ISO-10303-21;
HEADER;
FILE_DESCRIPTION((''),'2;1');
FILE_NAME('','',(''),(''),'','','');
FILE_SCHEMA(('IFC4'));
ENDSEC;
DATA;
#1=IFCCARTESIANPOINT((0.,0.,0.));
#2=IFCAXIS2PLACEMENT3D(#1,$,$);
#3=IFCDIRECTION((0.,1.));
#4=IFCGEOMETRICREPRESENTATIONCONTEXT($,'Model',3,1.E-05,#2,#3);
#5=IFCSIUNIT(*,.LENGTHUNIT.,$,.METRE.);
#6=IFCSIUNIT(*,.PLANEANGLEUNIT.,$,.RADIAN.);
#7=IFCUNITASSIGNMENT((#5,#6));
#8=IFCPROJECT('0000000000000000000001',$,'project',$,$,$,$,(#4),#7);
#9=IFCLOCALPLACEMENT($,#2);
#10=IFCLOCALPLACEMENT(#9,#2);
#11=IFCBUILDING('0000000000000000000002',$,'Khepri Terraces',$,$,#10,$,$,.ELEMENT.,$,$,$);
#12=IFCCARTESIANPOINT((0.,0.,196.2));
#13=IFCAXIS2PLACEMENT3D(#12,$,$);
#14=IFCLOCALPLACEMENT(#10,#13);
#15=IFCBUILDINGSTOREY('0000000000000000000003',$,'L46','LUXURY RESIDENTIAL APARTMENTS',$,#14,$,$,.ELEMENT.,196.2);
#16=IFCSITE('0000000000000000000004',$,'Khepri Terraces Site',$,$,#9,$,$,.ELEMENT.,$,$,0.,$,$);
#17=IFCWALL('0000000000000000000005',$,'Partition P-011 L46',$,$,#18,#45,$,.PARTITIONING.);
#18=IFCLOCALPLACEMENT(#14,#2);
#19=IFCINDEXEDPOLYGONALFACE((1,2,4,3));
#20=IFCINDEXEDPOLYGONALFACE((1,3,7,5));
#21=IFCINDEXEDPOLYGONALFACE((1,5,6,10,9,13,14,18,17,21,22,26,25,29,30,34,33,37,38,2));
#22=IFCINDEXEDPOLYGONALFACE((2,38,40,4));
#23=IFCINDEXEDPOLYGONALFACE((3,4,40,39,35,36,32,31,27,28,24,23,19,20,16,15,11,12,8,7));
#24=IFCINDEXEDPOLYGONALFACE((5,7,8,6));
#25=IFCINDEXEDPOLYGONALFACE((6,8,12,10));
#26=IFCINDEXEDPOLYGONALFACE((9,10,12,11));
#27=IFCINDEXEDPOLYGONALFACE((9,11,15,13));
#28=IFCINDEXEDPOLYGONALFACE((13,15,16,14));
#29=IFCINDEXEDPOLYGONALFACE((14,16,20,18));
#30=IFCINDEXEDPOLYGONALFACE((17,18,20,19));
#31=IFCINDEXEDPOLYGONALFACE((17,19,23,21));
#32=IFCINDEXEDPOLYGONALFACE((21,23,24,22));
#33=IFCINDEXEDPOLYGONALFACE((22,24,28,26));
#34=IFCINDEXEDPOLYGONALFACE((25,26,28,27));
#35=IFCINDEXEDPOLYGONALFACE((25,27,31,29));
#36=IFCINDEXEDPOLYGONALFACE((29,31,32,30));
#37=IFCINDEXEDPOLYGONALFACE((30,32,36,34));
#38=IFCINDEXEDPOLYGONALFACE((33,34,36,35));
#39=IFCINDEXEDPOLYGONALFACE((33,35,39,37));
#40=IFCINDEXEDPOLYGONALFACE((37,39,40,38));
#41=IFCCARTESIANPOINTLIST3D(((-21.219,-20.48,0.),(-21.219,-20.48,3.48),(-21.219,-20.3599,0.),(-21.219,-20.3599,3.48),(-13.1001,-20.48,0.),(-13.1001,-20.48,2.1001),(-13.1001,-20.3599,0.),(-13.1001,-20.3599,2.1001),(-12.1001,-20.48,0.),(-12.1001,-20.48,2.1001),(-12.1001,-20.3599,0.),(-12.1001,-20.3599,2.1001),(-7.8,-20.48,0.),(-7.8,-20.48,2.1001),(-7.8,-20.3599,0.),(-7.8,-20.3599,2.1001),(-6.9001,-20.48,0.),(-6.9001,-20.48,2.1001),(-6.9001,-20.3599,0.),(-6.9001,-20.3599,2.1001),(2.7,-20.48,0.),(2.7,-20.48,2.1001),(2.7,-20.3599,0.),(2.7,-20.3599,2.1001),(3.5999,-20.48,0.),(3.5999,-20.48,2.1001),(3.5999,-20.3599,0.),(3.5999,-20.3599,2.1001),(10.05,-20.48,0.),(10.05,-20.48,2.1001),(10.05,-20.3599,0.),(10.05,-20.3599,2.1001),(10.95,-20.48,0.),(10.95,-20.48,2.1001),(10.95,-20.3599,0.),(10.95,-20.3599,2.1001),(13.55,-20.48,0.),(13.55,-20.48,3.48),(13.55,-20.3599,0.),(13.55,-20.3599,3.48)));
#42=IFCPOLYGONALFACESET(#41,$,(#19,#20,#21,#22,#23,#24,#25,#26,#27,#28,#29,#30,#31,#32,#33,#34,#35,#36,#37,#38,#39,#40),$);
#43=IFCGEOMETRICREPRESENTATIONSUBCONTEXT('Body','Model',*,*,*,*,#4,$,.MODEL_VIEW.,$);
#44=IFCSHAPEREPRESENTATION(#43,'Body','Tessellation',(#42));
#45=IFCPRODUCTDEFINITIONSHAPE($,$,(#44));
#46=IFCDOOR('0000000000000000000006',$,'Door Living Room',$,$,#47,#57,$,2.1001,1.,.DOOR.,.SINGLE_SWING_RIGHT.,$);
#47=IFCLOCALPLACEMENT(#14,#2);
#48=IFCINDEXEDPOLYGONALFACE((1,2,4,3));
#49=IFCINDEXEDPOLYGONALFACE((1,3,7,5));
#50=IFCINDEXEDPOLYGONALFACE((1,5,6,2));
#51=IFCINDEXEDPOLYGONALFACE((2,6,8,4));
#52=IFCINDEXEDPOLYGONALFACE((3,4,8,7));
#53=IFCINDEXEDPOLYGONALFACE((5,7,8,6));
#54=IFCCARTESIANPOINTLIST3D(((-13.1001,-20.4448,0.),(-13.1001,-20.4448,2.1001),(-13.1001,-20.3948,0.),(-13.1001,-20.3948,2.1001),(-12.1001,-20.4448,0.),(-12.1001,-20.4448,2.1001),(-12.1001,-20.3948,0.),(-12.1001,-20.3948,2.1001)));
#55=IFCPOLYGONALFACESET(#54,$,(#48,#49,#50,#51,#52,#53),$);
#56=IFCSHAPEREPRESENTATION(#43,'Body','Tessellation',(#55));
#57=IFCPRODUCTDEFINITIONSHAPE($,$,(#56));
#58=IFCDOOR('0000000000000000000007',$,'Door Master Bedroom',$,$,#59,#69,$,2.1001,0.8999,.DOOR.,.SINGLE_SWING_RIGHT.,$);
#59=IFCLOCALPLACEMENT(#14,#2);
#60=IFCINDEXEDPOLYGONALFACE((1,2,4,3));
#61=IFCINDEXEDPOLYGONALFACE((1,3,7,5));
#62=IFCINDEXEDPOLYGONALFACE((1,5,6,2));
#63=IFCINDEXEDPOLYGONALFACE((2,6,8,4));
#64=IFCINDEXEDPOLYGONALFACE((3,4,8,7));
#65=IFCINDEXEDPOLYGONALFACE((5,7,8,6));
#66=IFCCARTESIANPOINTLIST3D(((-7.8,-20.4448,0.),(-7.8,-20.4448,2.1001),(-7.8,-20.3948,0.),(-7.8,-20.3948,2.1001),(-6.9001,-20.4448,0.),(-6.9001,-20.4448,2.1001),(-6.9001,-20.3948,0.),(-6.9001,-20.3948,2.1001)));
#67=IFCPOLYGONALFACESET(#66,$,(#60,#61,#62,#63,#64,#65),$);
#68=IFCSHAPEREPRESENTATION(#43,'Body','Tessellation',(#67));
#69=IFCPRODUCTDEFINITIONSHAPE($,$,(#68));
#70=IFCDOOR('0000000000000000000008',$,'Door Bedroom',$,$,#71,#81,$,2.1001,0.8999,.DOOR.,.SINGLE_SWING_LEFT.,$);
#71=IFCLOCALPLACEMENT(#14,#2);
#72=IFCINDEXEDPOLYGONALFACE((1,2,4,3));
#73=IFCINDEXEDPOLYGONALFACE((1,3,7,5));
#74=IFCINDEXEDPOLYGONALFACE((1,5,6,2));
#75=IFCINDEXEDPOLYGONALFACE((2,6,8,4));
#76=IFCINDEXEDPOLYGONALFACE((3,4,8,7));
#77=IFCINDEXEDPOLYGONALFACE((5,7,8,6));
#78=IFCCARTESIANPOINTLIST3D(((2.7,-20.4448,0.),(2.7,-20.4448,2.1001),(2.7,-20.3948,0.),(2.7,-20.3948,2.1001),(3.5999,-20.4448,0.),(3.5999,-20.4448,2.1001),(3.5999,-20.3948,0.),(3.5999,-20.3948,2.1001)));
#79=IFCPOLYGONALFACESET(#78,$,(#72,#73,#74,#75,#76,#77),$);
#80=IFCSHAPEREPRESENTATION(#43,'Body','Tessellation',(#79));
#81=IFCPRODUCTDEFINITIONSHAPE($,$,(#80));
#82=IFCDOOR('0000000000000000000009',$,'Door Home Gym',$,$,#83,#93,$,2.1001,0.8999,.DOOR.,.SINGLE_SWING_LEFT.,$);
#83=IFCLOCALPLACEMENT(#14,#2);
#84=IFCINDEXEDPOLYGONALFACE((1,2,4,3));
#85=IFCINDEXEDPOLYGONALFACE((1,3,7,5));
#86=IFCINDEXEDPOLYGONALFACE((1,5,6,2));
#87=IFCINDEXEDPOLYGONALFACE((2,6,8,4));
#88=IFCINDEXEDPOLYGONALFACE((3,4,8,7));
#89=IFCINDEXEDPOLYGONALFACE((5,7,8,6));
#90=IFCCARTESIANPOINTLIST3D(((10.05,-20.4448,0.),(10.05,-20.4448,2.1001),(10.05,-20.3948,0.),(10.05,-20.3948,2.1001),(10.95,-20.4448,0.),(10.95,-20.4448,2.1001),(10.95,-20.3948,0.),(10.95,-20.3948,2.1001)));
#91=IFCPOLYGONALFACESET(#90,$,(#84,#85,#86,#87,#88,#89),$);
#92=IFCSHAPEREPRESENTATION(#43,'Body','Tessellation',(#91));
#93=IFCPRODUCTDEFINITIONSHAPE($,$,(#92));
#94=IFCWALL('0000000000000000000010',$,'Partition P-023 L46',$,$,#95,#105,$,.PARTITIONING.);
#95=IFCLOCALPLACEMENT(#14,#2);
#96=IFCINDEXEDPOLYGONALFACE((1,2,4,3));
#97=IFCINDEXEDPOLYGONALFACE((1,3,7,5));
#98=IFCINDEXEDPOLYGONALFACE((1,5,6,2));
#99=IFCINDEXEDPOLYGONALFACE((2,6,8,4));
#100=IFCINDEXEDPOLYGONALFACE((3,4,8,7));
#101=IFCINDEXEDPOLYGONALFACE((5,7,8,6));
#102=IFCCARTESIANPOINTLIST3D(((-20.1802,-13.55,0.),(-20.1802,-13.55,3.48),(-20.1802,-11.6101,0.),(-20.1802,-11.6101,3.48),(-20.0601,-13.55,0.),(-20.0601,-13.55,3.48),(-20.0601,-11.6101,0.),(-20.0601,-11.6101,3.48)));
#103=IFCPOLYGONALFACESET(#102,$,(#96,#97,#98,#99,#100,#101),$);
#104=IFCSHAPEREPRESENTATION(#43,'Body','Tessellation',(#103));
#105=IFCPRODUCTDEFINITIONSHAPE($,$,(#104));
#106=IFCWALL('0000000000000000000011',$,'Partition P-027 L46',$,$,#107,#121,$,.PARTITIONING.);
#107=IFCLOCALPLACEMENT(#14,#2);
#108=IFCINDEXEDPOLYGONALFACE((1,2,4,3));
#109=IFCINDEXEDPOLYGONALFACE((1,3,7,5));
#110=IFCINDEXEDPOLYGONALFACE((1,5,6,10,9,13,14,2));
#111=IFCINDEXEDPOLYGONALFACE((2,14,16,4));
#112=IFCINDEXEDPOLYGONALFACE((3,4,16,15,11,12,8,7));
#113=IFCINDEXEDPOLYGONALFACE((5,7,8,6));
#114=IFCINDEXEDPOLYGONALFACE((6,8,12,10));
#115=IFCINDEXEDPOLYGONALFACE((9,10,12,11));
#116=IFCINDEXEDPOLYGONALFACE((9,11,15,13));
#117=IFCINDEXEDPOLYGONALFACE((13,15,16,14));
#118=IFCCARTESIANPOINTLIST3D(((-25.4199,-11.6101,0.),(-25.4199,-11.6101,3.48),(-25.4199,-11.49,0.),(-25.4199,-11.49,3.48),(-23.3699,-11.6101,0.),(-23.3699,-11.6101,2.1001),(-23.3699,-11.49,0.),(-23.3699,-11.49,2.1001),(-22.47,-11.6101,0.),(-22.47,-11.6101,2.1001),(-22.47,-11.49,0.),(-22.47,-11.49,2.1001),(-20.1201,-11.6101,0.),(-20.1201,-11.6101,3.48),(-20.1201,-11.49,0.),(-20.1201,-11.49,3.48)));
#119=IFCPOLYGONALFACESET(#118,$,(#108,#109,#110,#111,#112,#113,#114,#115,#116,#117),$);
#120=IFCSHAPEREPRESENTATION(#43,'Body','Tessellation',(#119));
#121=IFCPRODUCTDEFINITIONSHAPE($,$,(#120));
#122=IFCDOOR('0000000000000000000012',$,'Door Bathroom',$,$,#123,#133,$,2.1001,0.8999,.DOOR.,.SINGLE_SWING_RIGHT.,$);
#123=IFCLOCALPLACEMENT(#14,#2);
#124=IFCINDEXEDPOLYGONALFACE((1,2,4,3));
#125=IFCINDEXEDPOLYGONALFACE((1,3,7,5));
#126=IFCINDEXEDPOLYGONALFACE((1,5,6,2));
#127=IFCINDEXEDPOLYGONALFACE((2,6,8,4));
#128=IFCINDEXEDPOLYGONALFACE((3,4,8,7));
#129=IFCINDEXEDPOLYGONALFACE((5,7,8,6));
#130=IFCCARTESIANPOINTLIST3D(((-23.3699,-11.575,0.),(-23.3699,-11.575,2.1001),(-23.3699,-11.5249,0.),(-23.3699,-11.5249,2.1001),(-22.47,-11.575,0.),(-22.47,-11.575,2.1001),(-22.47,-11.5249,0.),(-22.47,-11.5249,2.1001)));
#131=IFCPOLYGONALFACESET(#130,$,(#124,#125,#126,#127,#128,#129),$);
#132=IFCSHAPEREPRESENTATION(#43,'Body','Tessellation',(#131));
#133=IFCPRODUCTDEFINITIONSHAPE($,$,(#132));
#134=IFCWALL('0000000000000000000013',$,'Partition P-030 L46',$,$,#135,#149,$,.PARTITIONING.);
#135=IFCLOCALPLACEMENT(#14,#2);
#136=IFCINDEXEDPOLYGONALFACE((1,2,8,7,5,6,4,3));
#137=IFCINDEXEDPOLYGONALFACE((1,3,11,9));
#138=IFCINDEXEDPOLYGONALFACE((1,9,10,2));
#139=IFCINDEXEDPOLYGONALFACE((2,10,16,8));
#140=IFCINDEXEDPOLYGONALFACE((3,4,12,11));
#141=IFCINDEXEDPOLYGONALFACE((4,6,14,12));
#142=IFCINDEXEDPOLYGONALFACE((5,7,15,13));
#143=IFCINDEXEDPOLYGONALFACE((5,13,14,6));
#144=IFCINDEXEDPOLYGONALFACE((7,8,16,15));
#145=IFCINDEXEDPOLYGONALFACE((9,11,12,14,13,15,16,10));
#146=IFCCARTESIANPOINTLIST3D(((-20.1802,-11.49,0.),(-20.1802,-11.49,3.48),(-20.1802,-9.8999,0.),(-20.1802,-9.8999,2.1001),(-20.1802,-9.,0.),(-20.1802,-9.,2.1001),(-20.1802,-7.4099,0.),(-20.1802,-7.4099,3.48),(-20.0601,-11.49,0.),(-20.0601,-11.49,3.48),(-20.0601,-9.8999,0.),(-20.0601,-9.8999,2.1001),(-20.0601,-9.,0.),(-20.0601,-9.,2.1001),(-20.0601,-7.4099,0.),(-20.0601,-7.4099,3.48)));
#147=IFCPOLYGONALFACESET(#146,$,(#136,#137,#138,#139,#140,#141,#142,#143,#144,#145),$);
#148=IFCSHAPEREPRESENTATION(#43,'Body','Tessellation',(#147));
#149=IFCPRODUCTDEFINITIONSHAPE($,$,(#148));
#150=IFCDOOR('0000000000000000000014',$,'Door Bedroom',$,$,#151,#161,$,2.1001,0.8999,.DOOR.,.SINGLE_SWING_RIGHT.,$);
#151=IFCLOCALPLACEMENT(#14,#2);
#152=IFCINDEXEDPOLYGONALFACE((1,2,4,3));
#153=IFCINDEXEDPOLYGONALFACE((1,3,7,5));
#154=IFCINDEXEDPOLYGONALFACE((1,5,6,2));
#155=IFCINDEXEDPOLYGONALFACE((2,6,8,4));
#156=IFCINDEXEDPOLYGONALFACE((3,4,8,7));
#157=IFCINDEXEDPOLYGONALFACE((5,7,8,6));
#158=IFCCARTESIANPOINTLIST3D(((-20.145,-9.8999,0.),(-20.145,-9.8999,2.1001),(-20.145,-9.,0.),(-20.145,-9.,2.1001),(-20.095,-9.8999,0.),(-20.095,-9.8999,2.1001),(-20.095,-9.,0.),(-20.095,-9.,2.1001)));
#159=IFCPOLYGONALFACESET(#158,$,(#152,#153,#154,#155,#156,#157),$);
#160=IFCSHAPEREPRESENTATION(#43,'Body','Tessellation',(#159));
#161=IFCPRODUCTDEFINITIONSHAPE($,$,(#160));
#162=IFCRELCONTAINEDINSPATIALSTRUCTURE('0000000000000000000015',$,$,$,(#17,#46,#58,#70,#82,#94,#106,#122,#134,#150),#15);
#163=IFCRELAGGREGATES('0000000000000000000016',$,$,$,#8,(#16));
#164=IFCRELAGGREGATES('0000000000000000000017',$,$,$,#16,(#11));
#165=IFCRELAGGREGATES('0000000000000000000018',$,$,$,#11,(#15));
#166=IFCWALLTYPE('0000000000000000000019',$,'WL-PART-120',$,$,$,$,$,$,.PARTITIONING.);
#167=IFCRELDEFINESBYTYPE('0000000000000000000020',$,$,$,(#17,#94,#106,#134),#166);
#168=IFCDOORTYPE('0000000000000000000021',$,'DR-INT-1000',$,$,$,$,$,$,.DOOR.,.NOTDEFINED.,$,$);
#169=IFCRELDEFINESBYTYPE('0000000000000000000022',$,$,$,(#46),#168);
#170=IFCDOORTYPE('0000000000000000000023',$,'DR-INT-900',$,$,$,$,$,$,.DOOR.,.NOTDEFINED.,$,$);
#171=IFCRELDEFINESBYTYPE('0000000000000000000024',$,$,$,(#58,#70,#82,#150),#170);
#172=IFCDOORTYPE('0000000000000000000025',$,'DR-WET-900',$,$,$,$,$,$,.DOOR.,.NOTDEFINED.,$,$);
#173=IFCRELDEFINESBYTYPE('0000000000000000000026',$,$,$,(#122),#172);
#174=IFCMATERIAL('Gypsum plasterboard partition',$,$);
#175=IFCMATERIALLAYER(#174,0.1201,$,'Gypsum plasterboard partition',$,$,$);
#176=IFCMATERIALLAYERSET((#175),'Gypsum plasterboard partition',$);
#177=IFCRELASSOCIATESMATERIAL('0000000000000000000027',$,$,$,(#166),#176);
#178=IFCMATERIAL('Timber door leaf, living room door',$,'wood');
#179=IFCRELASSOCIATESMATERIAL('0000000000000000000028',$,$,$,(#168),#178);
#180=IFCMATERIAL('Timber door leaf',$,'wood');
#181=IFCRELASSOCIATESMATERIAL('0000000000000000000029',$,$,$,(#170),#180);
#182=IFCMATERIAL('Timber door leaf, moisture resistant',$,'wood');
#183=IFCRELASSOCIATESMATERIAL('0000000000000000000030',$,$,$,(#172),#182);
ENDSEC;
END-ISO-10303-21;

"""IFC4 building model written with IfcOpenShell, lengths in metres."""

from ifc_helpers import new_model, si_unit, direction, frame, frame_2d, origin, place, context, subcontext, project, spatial, rectangle, extrude, material, layer, layer_set, type_object, element, fill, save


model = new_model("IFC4")

# Units and contexts
model_context = context("Model", 3, precision=1e-05, world=origin(), true_north=direction((0.0, 1.0)))
body_context = subcontext(model_context, "Body", "Model", "MODEL_VIEW")
ifc_project = project(units=[si_unit("LENGTHUNIT", "METRE"), si_unit("PLANEANGLEUNIT", "RADIAN")], contexts=[model_context])

# Site, building, storey
site_placement = place(None, origin())
site = spatial("IfcSite", under=ifc_project, at=site_placement, Name="Khepri Terraces Site", CompositionType="ELEMENT", RefElevation=0.0)
building_placement = place(site_placement, origin())
building = spatial("IfcBuilding", under=site, at=building_placement, Name="Khepri Terraces", CompositionType="ELEMENT")
storey_placement = place(building_placement, frame((0.0, 0.0, 196.2)))
storey = spatial("IfcBuildingStorey", under=building, at=storey_placement, Name="L46", Description="LUXURY RESIDENTIAL APARTMENTS", CompositionType="ELEMENT", Elevation=196.2)

# Shared definitions
ifc_material_1 = material(Name="Gypsum plasterboard partition")
ifc_layer_1 = layer(ifc_material_1, 0.1201, Name="Gypsum plasterboard partition")
ifc_layer_set_1 = layer_set([ifc_layer_1], Name="Gypsum plasterboard partition")
wall_type_1 = type_object("IfcWallType", Name="WL-PART-120", PredefinedType="PARTITIONING", material=ifc_layer_set_1)

# Wall, openings, doors
wall_1_placement = place(storey_placement, frame((-21.219, -20.4199, 0.0), z_axis=(0.0, 0.0, 1.0), x_axis=(1.0, 0.0, 0.0)))
wall_1 = element("IfcWall", 1, at=wall_1_placement, inside=storey, type_object=wall_type_1, Name="Partition P-011 L46", PredefinedType="PARTITIONING", context=body_context, shape_type="SweptSolid", body=[
    extrude(rectangle(XDim=34.769, YDim=0.1201, at=frame_2d((17.3845, 0.0))), origin(), (0.0, 0.0, 1.0), 3.48),
])
opening_1_placement = place(wall_1_placement, frame((8.1189, 0.0, 0.0)))
opening_1 = element("IfcOpeningElement", 2, at=opening_1_placement, cuts=wall_1, PredefinedType="OPENING", context=body_context, shape_type="SweptSolid", body=[
    extrude(rectangle(XDim=1.0, YDim=2.1001, at=frame_2d((0.5, 1.05))), frame((0.0, 0.0701, 0.0), z_axis=(0.0, -1.0, 0.0), x_axis=(1.0, 0.0, 0.0)), (0.0, 0.0, 1.0), 0.1401),
])
opening_2_placement = place(wall_1_placement, frame((13.4189, 0.0, 0.0)))
opening_2 = element("IfcOpeningElement", 3, at=opening_2_placement, cuts=wall_1, PredefinedType="OPENING", context=body_context, shape_type="SweptSolid", body=[
    extrude(rectangle(XDim=0.8999, YDim=2.1001, at=frame_2d((0.45, 1.05))), frame((0.0, 0.0701, 0.0), z_axis=(0.0, -1.0, 0.0), x_axis=(1.0, 0.0, 0.0)), (0.0, 0.0, 1.0), 0.1401),
])
opening_3_placement = place(wall_1_placement, frame((23.9189, 0.0, 0.0)))
opening_3 = element("IfcOpeningElement", 4, at=opening_3_placement, cuts=wall_1, PredefinedType="OPENING", context=body_context, shape_type="SweptSolid", body=[
    extrude(rectangle(XDim=0.8999, YDim=2.1001, at=frame_2d((0.45, 1.05))), frame((0.0, 0.0701, 0.0), z_axis=(0.0, -1.0, 0.0), x_axis=(1.0, 0.0, 0.0)), (0.0, 0.0, 1.0), 0.1401),
])
opening_4_placement = place(wall_1_placement, frame((31.269, 0.0, 0.0)))
opening_4 = element("IfcOpeningElement", 5, at=opening_4_placement, cuts=wall_1, PredefinedType="OPENING", context=body_context, shape_type="SweptSolid", body=[
    extrude(rectangle(XDim=0.8999, YDim=2.1001, at=frame_2d((0.45, 1.05))), frame((0.0, 0.0701, 0.0), z_axis=(0.0, -1.0, 0.0), x_axis=(1.0, 0.0, 0.0)), (0.0, 0.0, 1.0), 0.1401),
])
ifc_material_2 = material(Name="Timber door leaf, living room door", Category="wood")
door_type_1 = type_object("IfcDoorType", Name="DR-INT-1000", OperationType="NOTDEFINED", PredefinedType="DOOR", material=ifc_material_2)
door_1_placement = place(opening_1_placement, frame((1.0, 0.0, 0.0), z_axis=(0.0, 0.0, 1.0), x_axis=(-1.0, 0.0, 0.0)))
door_1 = element("IfcDoor", 6, at=door_1_placement, inside=storey, type_object=door_type_1, Name="Door Living Room", OperationType="SINGLE_SWING_RIGHT", OverallHeight=2.1001, OverallWidth=1.0, PredefinedType="DOOR", context=body_context, shape_type="SweptSolid", body=[
    extrude(rectangle(XDim=1.0, YDim=2.1001, at=frame_2d((0.5, 1.05))), frame((0.0, 0.0249, 0.0), z_axis=(0.0, -1.0, 0.0), x_axis=(1.0, 0.0, 0.0)), (0.0, 0.0, 1.0), 0.05),
])
fill(opening_1, door_1)
ifc_material_3 = material(Name="Timber door leaf", Category="wood")
door_type_2 = type_object("IfcDoorType", Name="DR-INT-900", OperationType="NOTDEFINED", PredefinedType="DOOR", material=ifc_material_3)
door_2_placement = place(opening_2_placement, frame((0.8999, 0.0, 0.0), z_axis=(0.0, 0.0, 1.0), x_axis=(-1.0, 0.0, 0.0)))
door_2 = element("IfcDoor", 7, at=door_2_placement, inside=storey, type_object=door_type_2, Name="Door Master Bedroom", OperationType="SINGLE_SWING_RIGHT", OverallHeight=2.1001, OverallWidth=0.8999, PredefinedType="DOOR", context=body_context, shape_type="SweptSolid", body=[
    extrude(rectangle(XDim=0.8999, YDim=2.1001, at=frame_2d((0.45, 1.05))), frame((0.0, 0.0249, 0.0), z_axis=(0.0, -1.0, 0.0), x_axis=(1.0, 0.0, 0.0)), (0.0, 0.0, 1.0), 0.05),
])
fill(opening_2, door_2)
door_3_placement = place(opening_3_placement, frame((0.8999, 0.0, 0.0), z_axis=(0.0, 0.0, 1.0), x_axis=(-1.0, 0.0, 0.0)))
door_3 = element("IfcDoor", 8, at=door_3_placement, inside=storey, type_object=door_type_2, Name="Door Bedroom", OperationType="SINGLE_SWING_LEFT", OverallHeight=2.1001, OverallWidth=0.8999, PredefinedType="DOOR", context=body_context, shape_type="SweptSolid", body=[
    extrude(rectangle(XDim=0.8999, YDim=2.1001, at=frame_2d((0.45, 1.05))), frame((0.0, 0.0249, 0.0), z_axis=(0.0, -1.0, 0.0), x_axis=(1.0, 0.0, 0.0)), (0.0, 0.0, 1.0), 0.05),
])
fill(opening_3, door_3)
door_4_placement = place(opening_4_placement, frame((0.8999, 0.0, 0.0), z_axis=(0.0, 0.0, 1.0), x_axis=(-1.0, 0.0, 0.0)))
door_4 = element("IfcDoor", 9, at=door_4_placement, inside=storey, type_object=door_type_2, Name="Door Home Gym", OperationType="SINGLE_SWING_LEFT", OverallHeight=2.1001, OverallWidth=0.8999, PredefinedType="DOOR", context=body_context, shape_type="SweptSolid", body=[
    extrude(rectangle(XDim=0.8999, YDim=2.1001, at=frame_2d((0.45, 1.05))), frame((0.0, 0.0249, 0.0), z_axis=(0.0, -1.0, 0.0), x_axis=(1.0, 0.0, 0.0)), (0.0, 0.0, 1.0), 0.05),
])
fill(opening_4, door_4)

# Wall
wall_2_placement = place(storey_placement, frame((-20.1201, -13.55, 0.0), z_axis=(0.0, 0.0, 1.0), x_axis=(0.0, 1.0, 0.0)))
element("IfcWall", 10, at=wall_2_placement, inside=storey, type_object=wall_type_1, Name="Partition P-023 L46", PredefinedType="PARTITIONING", context=body_context, shape_type="SweptSolid", body=[
    extrude(rectangle(XDim=1.9399, YDim=0.1201, at=frame_2d((0.97, 0.0))), origin(), (0.0, 0.0, 1.0), 3.48),
])

# Walls, openings, doors
wall_3_placement = place(storey_placement, frame((-25.4199, -11.55, 0.0), z_axis=(0.0, 0.0, 1.0), x_axis=(1.0, 0.0, 0.0)))
wall_3 = element("IfcWall", 11, at=wall_3_placement, inside=storey, type_object=wall_type_1, Name="Partition P-027 L46", PredefinedType="PARTITIONING", context=body_context, shape_type="SweptSolid", body=[
    extrude(rectangle(XDim=5.2998, YDim=0.1201, at=frame_2d((2.6499, 0.0))), origin(), (0.0, 0.0, 1.0), 3.48),
])
opening_5_placement = place(wall_3_placement, frame((2.05, 0.0, 0.0)))
opening_5 = element("IfcOpeningElement", 12, at=opening_5_placement, cuts=wall_3, PredefinedType="OPENING", context=body_context, shape_type="SweptSolid", body=[
    extrude(rectangle(XDim=0.8999, YDim=2.1001, at=frame_2d((0.45, 1.05))), frame((0.0, 0.0701, 0.0), z_axis=(0.0, -1.0, 0.0), x_axis=(1.0, 0.0, 0.0)), (0.0, 0.0, 1.0), 0.1401),
])
ifc_material_4 = material(Name="Timber door leaf, moisture resistant", Category="wood")
door_type_3 = type_object("IfcDoorType", Name="DR-WET-900", OperationType="NOTDEFINED", PredefinedType="DOOR", material=ifc_material_4)
door_5_placement = place(opening_5_placement, frame((0.8999, 0.0, 0.0), z_axis=(0.0, 0.0, 1.0), x_axis=(-1.0, 0.0, 0.0)))
door_5 = element("IfcDoor", 13, at=door_5_placement, inside=storey, type_object=door_type_3, Name="Door Bathroom", OperationType="SINGLE_SWING_RIGHT", OverallHeight=2.1001, OverallWidth=0.8999, PredefinedType="DOOR", context=body_context, shape_type="SweptSolid", body=[
    extrude(rectangle(XDim=0.8999, YDim=2.1001, at=frame_2d((0.45, 1.05))), frame((0.0, 0.0249, 0.0), z_axis=(0.0, -1.0, 0.0), x_axis=(1.0, 0.0, 0.0)), (0.0, 0.0, 1.0), 0.05),
])
fill(opening_5, door_5)
wall_4_placement = place(storey_placement, frame((-20.1201, -11.49, 0.0), z_axis=(0.0, 0.0, 1.0), x_axis=(0.0, 1.0, 0.0)))
wall_4 = element("IfcWall", 14, at=wall_4_placement, inside=storey, type_object=wall_type_1, Name="Partition P-030 L46", PredefinedType="PARTITIONING", context=body_context, shape_type="SweptSolid", body=[
    extrude(rectangle(XDim=4.0801, YDim=0.1201, at=frame_2d((2.04, 0.0))), origin(), (0.0, 0.0, 1.0), 3.48),
])
opening_6_placement = place(wall_4_placement, frame((1.5901, 0.0, 0.0)))
opening_6 = element("IfcOpeningElement", 15, at=opening_6_placement, cuts=wall_4, PredefinedType="OPENING", context=body_context, shape_type="SweptSolid", body=[
    extrude(rectangle(XDim=0.8999, YDim=2.1001, at=frame_2d((0.45, 1.05))), frame((0.0, 0.0701, 0.0), z_axis=(0.0, -1.0, 0.0), x_axis=(1.0, 0.0, 0.0)), (0.0, 0.0, 1.0), 0.1401),
])
door_6_placement = place(opening_6_placement, origin())
door_6 = element("IfcDoor", 16, at=door_6_placement, inside=storey, type_object=door_type_2, Name="Door Bedroom", OperationType="SINGLE_SWING_RIGHT", OverallHeight=2.1001, OverallWidth=0.8999, PredefinedType="DOOR", context=body_context, shape_type="SweptSolid", body=[
    extrude(rectangle(XDim=0.8999, YDim=2.1001, at=frame_2d((0.45, 1.05))), frame((0.0, 0.0249, 0.0), z_axis=(0.0, -1.0, 0.0), x_axis=(1.0, 0.0, 0.0)), (0.0, 0.0, 1.0), 0.05),
])
fill(opening_6, door_6)

save(model, "model.ifc")
